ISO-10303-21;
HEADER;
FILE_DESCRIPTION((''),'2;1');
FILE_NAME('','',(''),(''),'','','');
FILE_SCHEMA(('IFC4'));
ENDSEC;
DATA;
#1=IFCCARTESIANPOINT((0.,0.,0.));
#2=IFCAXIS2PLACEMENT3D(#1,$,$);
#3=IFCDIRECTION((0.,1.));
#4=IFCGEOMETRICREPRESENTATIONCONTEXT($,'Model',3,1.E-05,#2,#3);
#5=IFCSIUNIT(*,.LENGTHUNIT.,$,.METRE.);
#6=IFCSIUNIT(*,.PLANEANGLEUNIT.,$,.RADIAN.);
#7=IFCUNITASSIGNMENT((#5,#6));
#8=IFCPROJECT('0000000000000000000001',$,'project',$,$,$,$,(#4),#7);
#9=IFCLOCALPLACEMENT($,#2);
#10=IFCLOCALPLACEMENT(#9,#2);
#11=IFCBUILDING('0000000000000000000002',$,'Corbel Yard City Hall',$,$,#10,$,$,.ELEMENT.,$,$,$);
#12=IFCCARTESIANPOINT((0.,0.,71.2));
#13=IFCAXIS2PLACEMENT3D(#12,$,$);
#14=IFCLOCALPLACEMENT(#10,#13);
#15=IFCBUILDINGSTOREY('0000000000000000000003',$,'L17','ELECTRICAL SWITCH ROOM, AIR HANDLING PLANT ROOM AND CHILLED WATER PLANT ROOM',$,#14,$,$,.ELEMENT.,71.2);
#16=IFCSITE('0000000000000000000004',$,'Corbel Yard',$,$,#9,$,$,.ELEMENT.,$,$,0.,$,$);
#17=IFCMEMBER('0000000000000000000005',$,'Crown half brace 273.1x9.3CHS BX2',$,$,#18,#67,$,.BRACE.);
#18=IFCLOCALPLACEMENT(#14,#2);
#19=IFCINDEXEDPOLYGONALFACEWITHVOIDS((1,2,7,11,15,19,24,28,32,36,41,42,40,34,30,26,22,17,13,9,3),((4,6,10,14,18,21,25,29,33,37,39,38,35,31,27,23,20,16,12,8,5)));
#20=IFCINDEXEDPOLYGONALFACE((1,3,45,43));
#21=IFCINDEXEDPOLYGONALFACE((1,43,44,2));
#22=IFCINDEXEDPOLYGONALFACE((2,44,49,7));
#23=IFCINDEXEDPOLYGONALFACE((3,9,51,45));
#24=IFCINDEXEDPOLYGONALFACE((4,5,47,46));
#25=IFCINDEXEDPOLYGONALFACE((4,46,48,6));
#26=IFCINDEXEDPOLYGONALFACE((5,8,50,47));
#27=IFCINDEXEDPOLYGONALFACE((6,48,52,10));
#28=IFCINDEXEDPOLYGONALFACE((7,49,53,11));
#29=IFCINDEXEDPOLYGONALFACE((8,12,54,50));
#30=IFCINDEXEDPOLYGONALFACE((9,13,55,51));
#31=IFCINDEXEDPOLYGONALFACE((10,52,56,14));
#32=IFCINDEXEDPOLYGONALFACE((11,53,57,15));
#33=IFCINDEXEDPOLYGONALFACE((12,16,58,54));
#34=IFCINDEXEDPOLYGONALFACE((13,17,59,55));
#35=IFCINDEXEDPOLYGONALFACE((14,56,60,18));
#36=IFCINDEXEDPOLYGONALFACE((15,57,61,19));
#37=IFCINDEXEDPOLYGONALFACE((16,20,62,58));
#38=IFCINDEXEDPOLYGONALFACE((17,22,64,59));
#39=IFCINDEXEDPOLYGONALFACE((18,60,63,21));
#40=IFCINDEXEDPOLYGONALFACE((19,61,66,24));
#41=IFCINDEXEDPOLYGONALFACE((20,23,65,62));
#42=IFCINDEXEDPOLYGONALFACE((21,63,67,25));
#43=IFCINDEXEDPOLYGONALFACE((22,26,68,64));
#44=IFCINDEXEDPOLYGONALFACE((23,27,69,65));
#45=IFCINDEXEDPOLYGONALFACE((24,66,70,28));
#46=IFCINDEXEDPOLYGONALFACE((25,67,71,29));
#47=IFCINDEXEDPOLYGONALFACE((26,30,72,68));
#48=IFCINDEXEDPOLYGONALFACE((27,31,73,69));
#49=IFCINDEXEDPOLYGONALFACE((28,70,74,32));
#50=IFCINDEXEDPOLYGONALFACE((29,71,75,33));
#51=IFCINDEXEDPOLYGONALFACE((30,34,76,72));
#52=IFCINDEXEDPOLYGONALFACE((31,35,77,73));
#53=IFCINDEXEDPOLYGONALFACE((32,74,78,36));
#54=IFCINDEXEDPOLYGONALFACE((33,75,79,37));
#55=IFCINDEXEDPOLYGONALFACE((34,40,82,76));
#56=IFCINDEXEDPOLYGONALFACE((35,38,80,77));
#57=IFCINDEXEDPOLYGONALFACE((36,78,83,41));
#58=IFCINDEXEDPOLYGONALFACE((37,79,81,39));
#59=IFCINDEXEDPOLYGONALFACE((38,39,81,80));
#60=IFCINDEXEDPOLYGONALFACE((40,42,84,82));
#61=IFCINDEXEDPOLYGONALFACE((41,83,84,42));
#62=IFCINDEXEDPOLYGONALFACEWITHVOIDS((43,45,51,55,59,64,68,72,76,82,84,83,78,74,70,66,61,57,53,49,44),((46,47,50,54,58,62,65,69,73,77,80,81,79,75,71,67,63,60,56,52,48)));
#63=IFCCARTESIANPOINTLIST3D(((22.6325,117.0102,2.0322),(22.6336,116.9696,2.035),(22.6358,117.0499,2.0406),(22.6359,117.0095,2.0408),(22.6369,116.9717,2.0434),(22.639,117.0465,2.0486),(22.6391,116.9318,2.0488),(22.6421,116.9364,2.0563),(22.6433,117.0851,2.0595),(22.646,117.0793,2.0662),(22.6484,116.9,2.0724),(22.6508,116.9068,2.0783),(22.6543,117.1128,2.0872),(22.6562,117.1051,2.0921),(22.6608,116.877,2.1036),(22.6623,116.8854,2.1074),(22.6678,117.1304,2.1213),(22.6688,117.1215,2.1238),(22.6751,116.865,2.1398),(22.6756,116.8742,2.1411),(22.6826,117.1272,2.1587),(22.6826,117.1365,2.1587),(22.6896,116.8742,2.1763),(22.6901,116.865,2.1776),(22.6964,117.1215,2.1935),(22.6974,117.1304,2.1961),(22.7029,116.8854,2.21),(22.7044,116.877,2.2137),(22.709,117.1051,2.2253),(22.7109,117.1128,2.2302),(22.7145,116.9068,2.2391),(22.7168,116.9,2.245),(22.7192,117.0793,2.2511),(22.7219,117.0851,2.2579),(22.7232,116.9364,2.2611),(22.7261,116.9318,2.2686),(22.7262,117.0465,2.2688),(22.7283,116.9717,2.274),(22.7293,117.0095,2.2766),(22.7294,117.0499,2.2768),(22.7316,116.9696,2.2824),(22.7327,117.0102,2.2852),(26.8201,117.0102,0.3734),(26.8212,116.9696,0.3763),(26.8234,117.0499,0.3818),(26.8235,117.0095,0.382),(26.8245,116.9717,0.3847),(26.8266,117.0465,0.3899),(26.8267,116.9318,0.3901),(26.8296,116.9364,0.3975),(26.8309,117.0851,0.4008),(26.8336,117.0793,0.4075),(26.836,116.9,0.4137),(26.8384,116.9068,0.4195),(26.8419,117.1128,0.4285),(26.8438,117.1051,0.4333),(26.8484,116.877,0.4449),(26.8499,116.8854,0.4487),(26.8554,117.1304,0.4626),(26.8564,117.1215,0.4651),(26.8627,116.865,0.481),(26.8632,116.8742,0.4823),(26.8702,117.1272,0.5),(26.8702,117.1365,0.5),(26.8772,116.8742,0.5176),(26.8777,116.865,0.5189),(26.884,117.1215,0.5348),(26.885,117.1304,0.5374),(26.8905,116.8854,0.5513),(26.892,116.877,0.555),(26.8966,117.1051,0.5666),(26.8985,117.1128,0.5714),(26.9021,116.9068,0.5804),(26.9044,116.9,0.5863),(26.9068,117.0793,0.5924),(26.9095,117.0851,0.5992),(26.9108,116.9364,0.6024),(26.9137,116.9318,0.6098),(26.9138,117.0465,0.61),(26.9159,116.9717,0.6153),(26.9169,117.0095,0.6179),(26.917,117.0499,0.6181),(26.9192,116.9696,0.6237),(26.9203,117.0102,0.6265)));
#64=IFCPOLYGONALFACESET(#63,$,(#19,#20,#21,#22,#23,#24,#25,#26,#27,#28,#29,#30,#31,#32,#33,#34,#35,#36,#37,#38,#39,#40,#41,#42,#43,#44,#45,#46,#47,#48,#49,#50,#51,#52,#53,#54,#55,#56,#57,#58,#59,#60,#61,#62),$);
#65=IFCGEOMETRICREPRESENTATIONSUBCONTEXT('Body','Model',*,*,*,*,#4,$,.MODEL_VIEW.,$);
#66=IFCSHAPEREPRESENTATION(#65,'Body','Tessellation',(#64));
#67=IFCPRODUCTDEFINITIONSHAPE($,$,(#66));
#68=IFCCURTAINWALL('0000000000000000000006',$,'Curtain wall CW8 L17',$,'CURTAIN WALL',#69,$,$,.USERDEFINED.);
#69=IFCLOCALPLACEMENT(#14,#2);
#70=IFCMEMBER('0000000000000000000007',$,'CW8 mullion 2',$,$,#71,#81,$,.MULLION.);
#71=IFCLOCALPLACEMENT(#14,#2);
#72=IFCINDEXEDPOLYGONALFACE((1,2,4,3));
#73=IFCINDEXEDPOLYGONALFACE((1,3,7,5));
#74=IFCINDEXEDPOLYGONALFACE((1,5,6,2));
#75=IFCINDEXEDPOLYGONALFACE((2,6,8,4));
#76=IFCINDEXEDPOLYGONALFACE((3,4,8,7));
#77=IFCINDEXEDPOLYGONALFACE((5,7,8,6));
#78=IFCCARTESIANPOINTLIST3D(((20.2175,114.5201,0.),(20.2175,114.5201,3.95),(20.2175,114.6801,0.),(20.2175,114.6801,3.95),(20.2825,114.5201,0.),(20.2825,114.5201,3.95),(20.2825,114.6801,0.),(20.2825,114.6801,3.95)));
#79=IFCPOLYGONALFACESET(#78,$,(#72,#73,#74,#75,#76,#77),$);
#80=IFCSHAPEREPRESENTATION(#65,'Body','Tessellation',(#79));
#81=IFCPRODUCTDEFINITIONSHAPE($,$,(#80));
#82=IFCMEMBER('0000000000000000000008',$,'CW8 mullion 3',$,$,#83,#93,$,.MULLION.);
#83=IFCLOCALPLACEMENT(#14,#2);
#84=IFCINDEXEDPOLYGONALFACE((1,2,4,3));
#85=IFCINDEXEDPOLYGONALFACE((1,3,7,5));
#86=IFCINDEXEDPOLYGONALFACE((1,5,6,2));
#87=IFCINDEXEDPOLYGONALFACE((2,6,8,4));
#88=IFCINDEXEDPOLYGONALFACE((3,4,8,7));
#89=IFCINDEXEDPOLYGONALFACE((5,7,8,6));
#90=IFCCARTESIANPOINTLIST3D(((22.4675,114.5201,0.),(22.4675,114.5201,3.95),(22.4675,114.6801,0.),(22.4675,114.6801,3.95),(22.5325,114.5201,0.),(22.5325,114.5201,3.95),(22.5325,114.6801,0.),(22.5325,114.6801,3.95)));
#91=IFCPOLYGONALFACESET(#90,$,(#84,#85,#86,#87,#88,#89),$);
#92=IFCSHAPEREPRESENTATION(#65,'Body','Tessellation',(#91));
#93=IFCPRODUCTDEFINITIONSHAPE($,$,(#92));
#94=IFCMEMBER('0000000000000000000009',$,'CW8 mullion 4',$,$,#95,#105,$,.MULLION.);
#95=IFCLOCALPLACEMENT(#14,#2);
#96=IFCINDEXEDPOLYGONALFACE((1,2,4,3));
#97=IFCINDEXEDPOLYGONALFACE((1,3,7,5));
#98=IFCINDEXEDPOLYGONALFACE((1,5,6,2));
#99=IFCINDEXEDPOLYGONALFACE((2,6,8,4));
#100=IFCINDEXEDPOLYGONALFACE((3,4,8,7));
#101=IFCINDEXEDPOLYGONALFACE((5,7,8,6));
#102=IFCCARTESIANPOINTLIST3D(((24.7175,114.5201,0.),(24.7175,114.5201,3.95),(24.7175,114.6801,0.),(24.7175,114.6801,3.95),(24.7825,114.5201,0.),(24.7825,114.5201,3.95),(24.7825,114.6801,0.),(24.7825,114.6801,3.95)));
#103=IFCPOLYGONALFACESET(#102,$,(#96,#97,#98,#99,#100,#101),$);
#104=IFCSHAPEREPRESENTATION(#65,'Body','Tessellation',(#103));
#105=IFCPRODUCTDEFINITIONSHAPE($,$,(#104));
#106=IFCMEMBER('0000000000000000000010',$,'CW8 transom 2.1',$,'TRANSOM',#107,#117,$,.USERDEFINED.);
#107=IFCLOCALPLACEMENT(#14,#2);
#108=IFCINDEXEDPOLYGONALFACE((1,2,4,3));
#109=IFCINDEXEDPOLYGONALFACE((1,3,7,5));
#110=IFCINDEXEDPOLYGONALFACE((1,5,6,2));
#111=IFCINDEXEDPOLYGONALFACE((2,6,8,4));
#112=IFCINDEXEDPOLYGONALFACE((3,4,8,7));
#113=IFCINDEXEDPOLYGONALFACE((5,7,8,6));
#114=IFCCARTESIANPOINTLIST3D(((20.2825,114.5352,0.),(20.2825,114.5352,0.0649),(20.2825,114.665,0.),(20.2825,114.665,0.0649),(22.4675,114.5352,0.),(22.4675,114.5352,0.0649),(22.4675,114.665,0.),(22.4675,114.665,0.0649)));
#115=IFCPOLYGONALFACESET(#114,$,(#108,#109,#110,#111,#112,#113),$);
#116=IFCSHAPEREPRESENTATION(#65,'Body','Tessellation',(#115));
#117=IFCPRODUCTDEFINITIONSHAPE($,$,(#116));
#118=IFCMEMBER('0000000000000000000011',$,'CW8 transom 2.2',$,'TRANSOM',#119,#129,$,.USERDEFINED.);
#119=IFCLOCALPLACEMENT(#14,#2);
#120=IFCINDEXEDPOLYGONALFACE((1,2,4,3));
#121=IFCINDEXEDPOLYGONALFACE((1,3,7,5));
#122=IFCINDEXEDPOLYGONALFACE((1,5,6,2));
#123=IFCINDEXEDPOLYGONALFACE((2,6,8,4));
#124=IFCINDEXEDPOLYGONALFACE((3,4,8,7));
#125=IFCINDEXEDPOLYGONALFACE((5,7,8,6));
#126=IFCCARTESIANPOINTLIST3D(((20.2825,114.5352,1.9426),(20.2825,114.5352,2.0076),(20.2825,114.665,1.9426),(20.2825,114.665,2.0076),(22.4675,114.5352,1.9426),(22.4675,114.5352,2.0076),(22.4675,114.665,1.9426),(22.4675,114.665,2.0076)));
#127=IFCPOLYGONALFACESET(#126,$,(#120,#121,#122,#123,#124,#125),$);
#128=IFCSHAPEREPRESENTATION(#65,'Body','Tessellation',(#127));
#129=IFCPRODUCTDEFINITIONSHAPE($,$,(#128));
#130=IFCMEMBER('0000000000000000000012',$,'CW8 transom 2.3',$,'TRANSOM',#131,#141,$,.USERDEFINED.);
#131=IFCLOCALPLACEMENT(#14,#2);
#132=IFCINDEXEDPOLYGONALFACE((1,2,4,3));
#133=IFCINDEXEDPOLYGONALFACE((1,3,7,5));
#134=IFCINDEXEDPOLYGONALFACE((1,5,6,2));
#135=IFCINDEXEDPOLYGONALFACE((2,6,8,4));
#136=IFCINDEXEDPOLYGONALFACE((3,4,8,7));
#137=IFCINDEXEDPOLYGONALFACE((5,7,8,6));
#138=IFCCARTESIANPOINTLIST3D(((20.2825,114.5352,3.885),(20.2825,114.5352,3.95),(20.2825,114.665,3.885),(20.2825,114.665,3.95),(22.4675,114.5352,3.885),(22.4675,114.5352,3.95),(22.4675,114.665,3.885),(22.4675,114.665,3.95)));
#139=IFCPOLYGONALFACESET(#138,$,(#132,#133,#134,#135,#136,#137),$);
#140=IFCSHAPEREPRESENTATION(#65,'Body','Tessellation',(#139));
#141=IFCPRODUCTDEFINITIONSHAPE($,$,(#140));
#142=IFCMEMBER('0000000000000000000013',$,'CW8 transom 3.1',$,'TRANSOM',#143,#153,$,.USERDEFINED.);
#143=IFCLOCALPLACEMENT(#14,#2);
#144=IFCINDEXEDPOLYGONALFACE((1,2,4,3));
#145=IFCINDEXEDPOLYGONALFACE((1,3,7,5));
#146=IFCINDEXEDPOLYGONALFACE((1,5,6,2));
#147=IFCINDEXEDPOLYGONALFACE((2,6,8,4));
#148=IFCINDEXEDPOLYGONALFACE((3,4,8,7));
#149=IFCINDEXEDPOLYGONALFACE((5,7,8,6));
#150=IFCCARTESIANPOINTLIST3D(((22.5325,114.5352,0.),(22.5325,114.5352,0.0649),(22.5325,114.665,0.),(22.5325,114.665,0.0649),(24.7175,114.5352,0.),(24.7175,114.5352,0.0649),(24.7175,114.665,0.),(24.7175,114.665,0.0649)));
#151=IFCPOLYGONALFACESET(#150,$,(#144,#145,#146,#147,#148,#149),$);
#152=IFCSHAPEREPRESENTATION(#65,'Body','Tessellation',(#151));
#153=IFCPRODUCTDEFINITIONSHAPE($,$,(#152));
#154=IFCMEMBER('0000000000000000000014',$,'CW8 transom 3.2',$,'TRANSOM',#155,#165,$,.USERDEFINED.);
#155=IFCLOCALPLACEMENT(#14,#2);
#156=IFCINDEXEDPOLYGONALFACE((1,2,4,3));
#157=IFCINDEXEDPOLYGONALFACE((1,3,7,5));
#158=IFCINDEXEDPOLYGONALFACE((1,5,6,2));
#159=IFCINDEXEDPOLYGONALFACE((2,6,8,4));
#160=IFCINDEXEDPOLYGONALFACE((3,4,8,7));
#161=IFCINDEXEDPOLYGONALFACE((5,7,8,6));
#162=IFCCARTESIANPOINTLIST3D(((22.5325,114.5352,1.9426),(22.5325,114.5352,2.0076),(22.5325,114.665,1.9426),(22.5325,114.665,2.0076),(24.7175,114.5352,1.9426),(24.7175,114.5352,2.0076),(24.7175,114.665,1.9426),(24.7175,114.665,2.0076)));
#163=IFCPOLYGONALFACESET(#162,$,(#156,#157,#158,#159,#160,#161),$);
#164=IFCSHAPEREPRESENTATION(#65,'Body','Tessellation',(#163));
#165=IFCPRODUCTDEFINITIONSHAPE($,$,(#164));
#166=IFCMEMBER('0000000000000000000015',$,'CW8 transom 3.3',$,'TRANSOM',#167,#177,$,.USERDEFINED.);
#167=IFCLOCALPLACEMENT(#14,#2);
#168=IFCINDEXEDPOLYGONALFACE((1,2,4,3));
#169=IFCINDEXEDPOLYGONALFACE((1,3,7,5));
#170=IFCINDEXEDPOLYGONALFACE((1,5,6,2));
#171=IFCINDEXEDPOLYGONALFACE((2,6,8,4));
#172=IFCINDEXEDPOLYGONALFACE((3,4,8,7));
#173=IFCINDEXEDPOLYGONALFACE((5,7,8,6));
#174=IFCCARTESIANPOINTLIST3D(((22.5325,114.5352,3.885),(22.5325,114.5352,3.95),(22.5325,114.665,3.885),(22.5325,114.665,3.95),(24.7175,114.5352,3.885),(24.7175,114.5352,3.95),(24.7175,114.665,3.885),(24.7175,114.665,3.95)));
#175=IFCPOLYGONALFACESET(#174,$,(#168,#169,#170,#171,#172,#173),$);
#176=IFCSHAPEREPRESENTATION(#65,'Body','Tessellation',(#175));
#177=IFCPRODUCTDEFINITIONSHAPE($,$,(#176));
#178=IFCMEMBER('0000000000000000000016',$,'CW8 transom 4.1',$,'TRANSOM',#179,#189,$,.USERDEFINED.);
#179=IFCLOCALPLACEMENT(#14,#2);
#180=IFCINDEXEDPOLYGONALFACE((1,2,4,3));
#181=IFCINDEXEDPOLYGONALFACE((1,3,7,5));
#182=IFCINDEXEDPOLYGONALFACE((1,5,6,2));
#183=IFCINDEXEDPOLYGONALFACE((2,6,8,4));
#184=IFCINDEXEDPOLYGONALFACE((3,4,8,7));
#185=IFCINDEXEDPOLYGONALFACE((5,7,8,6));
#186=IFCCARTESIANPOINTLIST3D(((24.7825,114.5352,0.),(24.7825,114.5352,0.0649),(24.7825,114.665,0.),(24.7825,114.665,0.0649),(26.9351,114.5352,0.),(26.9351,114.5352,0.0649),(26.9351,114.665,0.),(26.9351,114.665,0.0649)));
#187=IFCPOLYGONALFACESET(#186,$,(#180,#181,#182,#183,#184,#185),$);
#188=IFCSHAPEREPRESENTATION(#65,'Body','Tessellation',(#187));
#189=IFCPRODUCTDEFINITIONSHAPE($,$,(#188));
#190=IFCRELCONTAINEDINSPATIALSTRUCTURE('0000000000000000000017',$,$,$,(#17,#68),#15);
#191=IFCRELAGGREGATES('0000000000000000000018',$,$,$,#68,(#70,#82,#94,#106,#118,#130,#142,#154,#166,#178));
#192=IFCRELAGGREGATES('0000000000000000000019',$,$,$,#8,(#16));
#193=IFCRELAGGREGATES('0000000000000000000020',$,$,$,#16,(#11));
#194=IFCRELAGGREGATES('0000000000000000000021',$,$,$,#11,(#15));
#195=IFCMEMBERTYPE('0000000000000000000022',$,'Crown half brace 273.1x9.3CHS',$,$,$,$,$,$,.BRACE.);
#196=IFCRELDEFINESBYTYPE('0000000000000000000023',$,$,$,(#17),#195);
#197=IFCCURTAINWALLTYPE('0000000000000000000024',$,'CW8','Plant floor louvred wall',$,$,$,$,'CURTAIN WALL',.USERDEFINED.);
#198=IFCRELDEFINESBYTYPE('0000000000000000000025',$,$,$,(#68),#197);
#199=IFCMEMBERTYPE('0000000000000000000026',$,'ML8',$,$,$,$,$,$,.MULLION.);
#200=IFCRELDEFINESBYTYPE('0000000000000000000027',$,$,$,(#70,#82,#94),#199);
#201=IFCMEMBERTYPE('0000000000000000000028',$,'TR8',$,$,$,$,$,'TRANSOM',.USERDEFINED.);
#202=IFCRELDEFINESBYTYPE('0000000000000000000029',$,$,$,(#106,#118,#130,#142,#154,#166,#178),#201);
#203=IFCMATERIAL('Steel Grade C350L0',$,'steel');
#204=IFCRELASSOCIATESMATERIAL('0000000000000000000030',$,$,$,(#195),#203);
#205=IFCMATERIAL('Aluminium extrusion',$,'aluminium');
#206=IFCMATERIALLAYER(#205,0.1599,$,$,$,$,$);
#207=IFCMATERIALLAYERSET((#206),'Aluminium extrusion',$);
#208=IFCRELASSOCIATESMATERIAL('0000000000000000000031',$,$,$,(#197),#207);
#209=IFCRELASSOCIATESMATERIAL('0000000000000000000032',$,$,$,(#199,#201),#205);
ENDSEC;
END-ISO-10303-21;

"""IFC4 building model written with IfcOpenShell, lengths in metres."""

from ifc_helpers import new_model, si_unit, direction, frame, origin, origin_2d, place, context, subcontext, project, spatial, rectangle, hollow_circle, extrude, material, layer, layer_set, material_profile, profile_set, type_object, element, aggregate, save


model = new_model("IFC4")

# Units and contexts
model_context = context("Model", 3, precision=1e-05, world=origin(), true_north=direction((0.0, 1.0)))
body_context = subcontext(model_context, "Body", "Model", "MODEL_VIEW")
ifc_project = project(units=[si_unit("LENGTHUNIT", "METRE"), si_unit("PLANEANGLEUNIT", "RADIAN")], contexts=[model_context])

# Site, building, storey
site_placement = place(None, origin())
site = spatial("IfcSite", under=ifc_project, at=site_placement, Name="Corbel Yard", CompositionType="ELEMENT", RefElevation=0.0)
building_placement = place(site_placement, origin())
building = spatial("IfcBuilding", under=site, at=building_placement, Name="Corbel Yard City Hall", CompositionType="ELEMENT")
storey_placement = place(building_placement, frame((0.0, 0.0, 71.2)))
storey = spatial("IfcBuildingStorey", under=building, at=storey_placement, Name="L17", Description="ELECTRICAL SWITCH ROOM, AIR HANDLING PLANT ROOM AND CHILLED WATER PLANT ROOM", CompositionType="ELEMENT", Elevation=71.2)

# Member
ifc_material_1 = material(Name="Steel Grade C350L0", Category="steel")
ifc_material_profile_1 = material_profile(ifc_material_1, hollow_circle(Radius=0.1365, WallThickness=0.0093, at=origin_2d()), Name="273.1x9.3CHS")
ifc_profile_set_1 = profile_set([ifc_material_profile_1], Name="Steel Grade C350L0")
member_type_1 = type_object("IfcMemberType", Name="Crown half brace 273.1x9.3CHS", PredefinedType="BRACE", material=ifc_profile_set_1)
member_1_placement = place(storey_placement, frame((22.6826, 117.0, 2.1587), z_axis=(0.92972, 0.0, -0.368267), x_axis=(0.0, 1.0, 0.0)))
element("IfcMember", 1, at=member_1_placement, inside=storey, type_object=member_type_1, Name="Crown half brace 273.1x9.3CHS BX2", PredefinedType="BRACE", context=body_context, shape_type="SweptSolid", body=[
    extrude(hollow_circle(Radius=0.1365, WallThickness=0.0093, at=origin_2d()), origin(), (0.0, 0.0, 1.0), 4.5042),
])

# Curtain wall, members
ifc_material_2 = material(Name="Aluminium extrusion", Category="aluminium")
ifc_layer_1 = layer(ifc_material_2, 0.1599)
ifc_layer_set_1 = layer_set([ifc_layer_1], Name="Aluminium extrusion")
curtain_wall_type = type_object("IfcCurtainWallType", Name="CW8", Description="Plant floor louvred wall", ElementType="CURTAIN WALL", PredefinedType="USERDEFINED", material=ifc_layer_set_1)
curtain_wall_placement = place(storey_placement, origin())
curtain_wall = element("IfcCurtainWall", 2, at=curtain_wall_placement, inside=storey, type_object=curtain_wall_type, Name="Curtain wall CW8 L17", ObjectType="CURTAIN WALL", PredefinedType="USERDEFINED")
ifc_material_profile_2 = material_profile(ifc_material_2, rectangle(XDim=0.1599, YDim=0.0649, at=origin_2d()), Name="160x65")
ifc_profile_set_2 = profile_set([ifc_material_profile_2], Name="Aluminium extrusion")
member_type_2 = type_object("IfcMemberType", Name="ML8", PredefinedType="MULLION", material=ifc_profile_set_2)
member_2_placement = place(storey_placement, frame((20.25, 114.6001, 0.0), z_axis=(0.0, 0.0, 1.0), x_axis=(0.0, 1.0, 0.0)))
member_2 = element("IfcMember", 3, at=member_2_placement, type_object=member_type_2, Name="CW8 mullion 2", PredefinedType="MULLION", context=body_context, shape_type="SweptSolid", body=[
    extrude(rectangle(XDim=0.1599, YDim=0.0649, at=origin_2d()), origin(), (0.0, 0.0, 1.0), 3.95),
])
member_3_placement = place(storey_placement, frame((22.5, 114.6001, 0.0), z_axis=(0.0, 0.0, 1.0), x_axis=(0.0, 1.0, 0.0)))
member_3 = element("IfcMember", 4, at=member_3_placement, type_object=member_type_2, Name="CW8 mullion 3", PredefinedType="MULLION", context=body_context, shape_type="SweptSolid", body=[
    extrude(rectangle(XDim=0.1599, YDim=0.0649, at=origin_2d()), origin(), (0.0, 0.0, 1.0), 3.95),
])
member_4_placement = place(storey_placement, frame((24.75, 114.6001, 0.0), z_axis=(0.0, 0.0, 1.0), x_axis=(0.0, 1.0, 0.0)))
member_4 = element("IfcMember", 5, at=member_4_placement, type_object=member_type_2, Name="CW8 mullion 4", PredefinedType="MULLION", context=body_context, shape_type="SweptSolid", body=[
    extrude(rectangle(XDim=0.1599, YDim=0.0649, at=origin_2d()), origin(), (0.0, 0.0, 1.0), 3.95),
])
ifc_material_profile_3 = material_profile(ifc_material_2, rectangle(XDim=0.1299, YDim=0.0649, at=origin_2d()), Name="130x65")
ifc_profile_set_3 = profile_set([ifc_material_profile_3], Name="Aluminium extrusion")
member_type_3 = type_object("IfcMemberType", Name="TR8", ElementType="TRANSOM", PredefinedType="USERDEFINED", material=ifc_profile_set_3)
member_5_placement = place(storey_placement, frame((20.2825, 114.6001, 0.0325), z_axis=(1.0, 0.0, 0.0), x_axis=(0.0, 1.0, 0.0)))
member_5 = element("IfcMember", 6, at=member_5_placement, type_object=member_type_3, Name="CW8 transom 2.1", ObjectType="TRANSOM", PredefinedType="USERDEFINED", context=body_context, shape_type="SweptSolid", body=[
    extrude(rectangle(XDim=0.1299, YDim=0.0649, at=origin_2d()), origin(), (0.0, 0.0, 1.0), 2.1851),
])
member_6_placement = place(storey_placement, frame((20.2825, 114.6001, 1.9751), z_axis=(1.0, 0.0, 0.0), x_axis=(0.0, 1.0, 0.0)))
member_6 = element("IfcMember", 7, at=member_6_placement, type_object=member_type_3, Name="CW8 transom 2.2", ObjectType="TRANSOM", PredefinedType="USERDEFINED", context=body_context, shape_type="SweptSolid", body=[
    extrude(rectangle(XDim=0.1299, YDim=0.0649, at=origin_2d()), origin(), (0.0, 0.0, 1.0), 2.1851),
])
member_7_placement = place(storey_placement, frame((20.2825, 114.6001, 3.9175), z_axis=(1.0, 0.0, 0.0), x_axis=(0.0, 1.0, 0.0)))
member_7 = element("IfcMember", 8, at=member_7_placement, type_object=member_type_3, Name="CW8 transom 2.3", ObjectType="TRANSOM", PredefinedType="USERDEFINED", context=body_context, shape_type="SweptSolid", body=[
    extrude(rectangle(XDim=0.1299, YDim=0.0649, at=origin_2d()), origin(), (0.0, 0.0, 1.0), 2.1851),
])
member_8_placement = place(storey_placement, frame((22.5325, 114.6001, 0.0325), z_axis=(1.0, 0.0, 0.0), x_axis=(0.0, 1.0, 0.0)))
member_8 = element("IfcMember", 9, at=member_8_placement, type_object=member_type_3, Name="CW8 transom 3.1", ObjectType="TRANSOM", PredefinedType="USERDEFINED", context=body_context, shape_type="SweptSolid", body=[
    extrude(rectangle(XDim=0.1299, YDim=0.0649, at=origin_2d()), origin(), (0.0, 0.0, 1.0), 2.1851),
])
member_9_placement = place(storey_placement, frame((22.5325, 114.6001, 1.9751), z_axis=(1.0, 0.0, 0.0), x_axis=(0.0, 1.0, 0.0)))
member_9 = element("IfcMember", 10, at=member_9_placement, type_object=member_type_3, Name="CW8 transom 3.2", ObjectType="TRANSOM", PredefinedType="USERDEFINED", context=body_context, shape_type="SweptSolid", body=[
    extrude(rectangle(XDim=0.1299, YDim=0.0649, at=origin_2d()), origin(), (0.0, 0.0, 1.0), 2.1851),
])
member_10_placement = place(storey_placement, frame((22.5325, 114.6001, 3.9175), z_axis=(1.0, 0.0, 0.0), x_axis=(0.0, 1.0, 0.0)))
member_10 = element("IfcMember", 11, at=member_10_placement, type_object=member_type_3, Name="CW8 transom 3.3", ObjectType="TRANSOM", PredefinedType="USERDEFINED", context=body_context, shape_type="SweptSolid", body=[
    extrude(rectangle(XDim=0.1299, YDim=0.0649, at=origin_2d()), origin(), (0.0, 0.0, 1.0), 2.1851),
])
member_11_placement = place(storey_placement, frame((24.7825, 114.6001, 0.0325), z_axis=(1.0, 0.0, 0.0), x_axis=(0.0, 1.0, 0.0)))
member_11 = element("IfcMember", 12, at=member_11_placement, type_object=member_type_3, Name="CW8 transom 4.1", ObjectType="TRANSOM", PredefinedType="USERDEFINED", context=body_context, shape_type="SweptSolid", body=[
    extrude(rectangle(XDim=0.1299, YDim=0.0649, at=origin_2d()), origin(), (0.0, 0.0, 1.0), 2.1526),
])

aggregate(curtain_wall, [member_2, member_3, member_4, member_5, member_6, member_7, member_8, member_9, member_10, member_11])

save(model, "model.ifc")
